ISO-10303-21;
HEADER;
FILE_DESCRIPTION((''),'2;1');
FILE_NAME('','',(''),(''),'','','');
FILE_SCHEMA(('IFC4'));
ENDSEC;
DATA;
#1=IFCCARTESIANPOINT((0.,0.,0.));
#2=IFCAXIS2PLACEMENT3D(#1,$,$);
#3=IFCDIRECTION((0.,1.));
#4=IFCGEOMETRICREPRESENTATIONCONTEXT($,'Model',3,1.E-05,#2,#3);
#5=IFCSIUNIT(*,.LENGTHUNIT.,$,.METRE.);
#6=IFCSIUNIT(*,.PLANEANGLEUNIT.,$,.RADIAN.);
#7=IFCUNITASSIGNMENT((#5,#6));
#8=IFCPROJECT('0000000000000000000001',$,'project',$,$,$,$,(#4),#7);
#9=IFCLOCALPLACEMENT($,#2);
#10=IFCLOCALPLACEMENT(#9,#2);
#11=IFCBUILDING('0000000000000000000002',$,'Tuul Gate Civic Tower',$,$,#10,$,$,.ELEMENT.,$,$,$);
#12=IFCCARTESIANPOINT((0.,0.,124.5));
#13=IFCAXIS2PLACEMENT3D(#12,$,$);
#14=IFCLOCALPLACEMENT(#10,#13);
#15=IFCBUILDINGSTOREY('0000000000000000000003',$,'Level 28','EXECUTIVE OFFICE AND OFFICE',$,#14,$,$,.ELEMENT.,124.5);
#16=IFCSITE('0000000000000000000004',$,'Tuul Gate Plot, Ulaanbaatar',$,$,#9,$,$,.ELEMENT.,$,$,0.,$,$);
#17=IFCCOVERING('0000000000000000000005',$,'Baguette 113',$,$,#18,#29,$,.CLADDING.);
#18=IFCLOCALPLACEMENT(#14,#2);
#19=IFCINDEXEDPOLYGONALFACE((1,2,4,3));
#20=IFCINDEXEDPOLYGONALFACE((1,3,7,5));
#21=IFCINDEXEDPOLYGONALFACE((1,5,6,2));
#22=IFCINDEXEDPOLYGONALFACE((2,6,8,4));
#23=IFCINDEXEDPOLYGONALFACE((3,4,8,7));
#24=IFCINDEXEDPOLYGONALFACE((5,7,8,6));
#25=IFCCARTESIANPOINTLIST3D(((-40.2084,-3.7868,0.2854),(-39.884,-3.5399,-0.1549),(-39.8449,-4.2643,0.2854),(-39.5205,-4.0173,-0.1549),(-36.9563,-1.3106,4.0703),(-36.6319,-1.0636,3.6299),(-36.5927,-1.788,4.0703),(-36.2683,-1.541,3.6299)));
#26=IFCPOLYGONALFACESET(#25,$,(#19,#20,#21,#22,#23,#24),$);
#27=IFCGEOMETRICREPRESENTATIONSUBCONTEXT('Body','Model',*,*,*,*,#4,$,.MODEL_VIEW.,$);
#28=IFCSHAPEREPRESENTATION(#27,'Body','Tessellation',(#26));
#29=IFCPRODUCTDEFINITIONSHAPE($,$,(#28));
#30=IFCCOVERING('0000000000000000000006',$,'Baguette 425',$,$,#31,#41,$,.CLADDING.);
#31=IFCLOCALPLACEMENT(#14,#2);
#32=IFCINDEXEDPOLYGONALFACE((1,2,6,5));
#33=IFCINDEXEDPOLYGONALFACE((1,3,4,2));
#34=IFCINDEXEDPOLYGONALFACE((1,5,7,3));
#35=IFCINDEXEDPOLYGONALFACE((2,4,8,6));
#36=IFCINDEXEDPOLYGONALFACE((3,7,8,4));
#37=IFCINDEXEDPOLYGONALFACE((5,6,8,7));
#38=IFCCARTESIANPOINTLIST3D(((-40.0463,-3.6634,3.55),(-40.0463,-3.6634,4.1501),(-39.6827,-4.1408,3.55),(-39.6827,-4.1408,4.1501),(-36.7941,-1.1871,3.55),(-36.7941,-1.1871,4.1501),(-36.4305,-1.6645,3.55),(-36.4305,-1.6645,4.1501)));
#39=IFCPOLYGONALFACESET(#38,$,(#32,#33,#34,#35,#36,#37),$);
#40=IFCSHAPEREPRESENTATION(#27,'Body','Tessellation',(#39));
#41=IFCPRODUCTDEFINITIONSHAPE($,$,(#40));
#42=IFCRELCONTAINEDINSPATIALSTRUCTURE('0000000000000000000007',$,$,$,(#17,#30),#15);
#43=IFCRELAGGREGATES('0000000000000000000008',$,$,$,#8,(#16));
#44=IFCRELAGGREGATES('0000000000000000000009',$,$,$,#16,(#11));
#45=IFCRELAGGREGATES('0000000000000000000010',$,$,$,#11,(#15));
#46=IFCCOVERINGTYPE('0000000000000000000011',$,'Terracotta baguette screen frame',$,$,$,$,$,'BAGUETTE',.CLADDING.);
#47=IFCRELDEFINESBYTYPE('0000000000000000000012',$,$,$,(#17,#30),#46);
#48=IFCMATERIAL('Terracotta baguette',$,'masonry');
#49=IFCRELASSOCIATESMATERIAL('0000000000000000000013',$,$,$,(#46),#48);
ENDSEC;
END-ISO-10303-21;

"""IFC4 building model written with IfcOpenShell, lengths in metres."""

from ifc_helpers import new_model, si_unit, direction, frame, origin, origin_2d, place, context, subcontext, project, spatial, rectangle, extrude, material, material_profile, profile_set, type_object, element, save


model = new_model("IFC4")

# Units and contexts
model_context = context("Model", 3, precision=1e-05, world=origin(), true_north=direction((0.0, 1.0)))
body_context = subcontext(model_context, "Body", "Model", "MODEL_VIEW")
ifc_project = project(units=[si_unit("LENGTHUNIT", "METRE"), si_unit("PLANEANGLEUNIT", "RADIAN")], contexts=[model_context])

# Site, building, storey
site_placement = place(None, origin())
site = spatial("IfcSite", under=ifc_project, at=site_placement, Name="Tuul Gate Plot, Ulaanbaatar", CompositionType="ELEMENT", RefElevation=0.0)
building_placement = place(site_placement, origin())
building = spatial("IfcBuilding", under=site, at=building_placement, Name="Tuul Gate Civic Tower", CompositionType="ELEMENT")
storey_placement = place(building_placement, frame((0.0, 0.0, 124.5)))
storey = spatial("IfcBuildingStorey", under=building, at=storey_placement, Name="Level 28", Description="EXECUTIVE OFFICE AND OFFICE", CompositionType="ELEMENT", Elevation=124.5)

# Coverings
ifc_material_1 = material(Name="Terracotta baguette", Category="masonry")
ifc_material_profile = material_profile(ifc_material_1, rectangle(XDim=0.6001, YDim=0.6001, at=origin_2d()), Name="Terracotta baguette screen frame")
ifc_profile_set = profile_set([ifc_material_profile], Name="Terracotta baguette")
covering_type = type_object("IfcCoveringType", Name="Terracotta baguette screen frame", ElementType="BAGUETTE", PredefinedType="CLADDING", material=ifc_profile_set)
covering_1_placement = place(storey_placement, frame((-36.6123, -1.4258, 3.8501), z_axis=(-0.583787, -0.444513, -0.679412), x_axis=(0.605804, -0.795614, 0.0)))
element("IfcCovering", 1, at=covering_1_placement, inside=storey, type_object=covering_type, Name="Baguette 113", PredefinedType="CLADDING", context=body_context, shape_type="SweptSolid", body=[
    extrude(rectangle(XDim=0.6001, YDim=0.6001, at=origin_2d()), origin(), (0.0, 0.0, 1.0), 5.5708),
])
covering_2_placement = place(storey_placement, frame((-36.6123, -1.4258, 3.8501), z_axis=(-0.795614, -0.605804, 0.0), x_axis=(0.605804, -0.795614, 0.0)))
element("IfcCovering", 2, at=covering_2_placement, inside=storey, type_object=covering_type, Name="Baguette 425", PredefinedType="CLADDING", context=body_context, shape_type="SweptSolid", body=[
    extrude(rectangle(XDim=0.6001, YDim=0.6001, at=origin_2d()), origin(), (0.0, 0.0, 1.0), 4.0876),
])

save(model, "model.ifc")
